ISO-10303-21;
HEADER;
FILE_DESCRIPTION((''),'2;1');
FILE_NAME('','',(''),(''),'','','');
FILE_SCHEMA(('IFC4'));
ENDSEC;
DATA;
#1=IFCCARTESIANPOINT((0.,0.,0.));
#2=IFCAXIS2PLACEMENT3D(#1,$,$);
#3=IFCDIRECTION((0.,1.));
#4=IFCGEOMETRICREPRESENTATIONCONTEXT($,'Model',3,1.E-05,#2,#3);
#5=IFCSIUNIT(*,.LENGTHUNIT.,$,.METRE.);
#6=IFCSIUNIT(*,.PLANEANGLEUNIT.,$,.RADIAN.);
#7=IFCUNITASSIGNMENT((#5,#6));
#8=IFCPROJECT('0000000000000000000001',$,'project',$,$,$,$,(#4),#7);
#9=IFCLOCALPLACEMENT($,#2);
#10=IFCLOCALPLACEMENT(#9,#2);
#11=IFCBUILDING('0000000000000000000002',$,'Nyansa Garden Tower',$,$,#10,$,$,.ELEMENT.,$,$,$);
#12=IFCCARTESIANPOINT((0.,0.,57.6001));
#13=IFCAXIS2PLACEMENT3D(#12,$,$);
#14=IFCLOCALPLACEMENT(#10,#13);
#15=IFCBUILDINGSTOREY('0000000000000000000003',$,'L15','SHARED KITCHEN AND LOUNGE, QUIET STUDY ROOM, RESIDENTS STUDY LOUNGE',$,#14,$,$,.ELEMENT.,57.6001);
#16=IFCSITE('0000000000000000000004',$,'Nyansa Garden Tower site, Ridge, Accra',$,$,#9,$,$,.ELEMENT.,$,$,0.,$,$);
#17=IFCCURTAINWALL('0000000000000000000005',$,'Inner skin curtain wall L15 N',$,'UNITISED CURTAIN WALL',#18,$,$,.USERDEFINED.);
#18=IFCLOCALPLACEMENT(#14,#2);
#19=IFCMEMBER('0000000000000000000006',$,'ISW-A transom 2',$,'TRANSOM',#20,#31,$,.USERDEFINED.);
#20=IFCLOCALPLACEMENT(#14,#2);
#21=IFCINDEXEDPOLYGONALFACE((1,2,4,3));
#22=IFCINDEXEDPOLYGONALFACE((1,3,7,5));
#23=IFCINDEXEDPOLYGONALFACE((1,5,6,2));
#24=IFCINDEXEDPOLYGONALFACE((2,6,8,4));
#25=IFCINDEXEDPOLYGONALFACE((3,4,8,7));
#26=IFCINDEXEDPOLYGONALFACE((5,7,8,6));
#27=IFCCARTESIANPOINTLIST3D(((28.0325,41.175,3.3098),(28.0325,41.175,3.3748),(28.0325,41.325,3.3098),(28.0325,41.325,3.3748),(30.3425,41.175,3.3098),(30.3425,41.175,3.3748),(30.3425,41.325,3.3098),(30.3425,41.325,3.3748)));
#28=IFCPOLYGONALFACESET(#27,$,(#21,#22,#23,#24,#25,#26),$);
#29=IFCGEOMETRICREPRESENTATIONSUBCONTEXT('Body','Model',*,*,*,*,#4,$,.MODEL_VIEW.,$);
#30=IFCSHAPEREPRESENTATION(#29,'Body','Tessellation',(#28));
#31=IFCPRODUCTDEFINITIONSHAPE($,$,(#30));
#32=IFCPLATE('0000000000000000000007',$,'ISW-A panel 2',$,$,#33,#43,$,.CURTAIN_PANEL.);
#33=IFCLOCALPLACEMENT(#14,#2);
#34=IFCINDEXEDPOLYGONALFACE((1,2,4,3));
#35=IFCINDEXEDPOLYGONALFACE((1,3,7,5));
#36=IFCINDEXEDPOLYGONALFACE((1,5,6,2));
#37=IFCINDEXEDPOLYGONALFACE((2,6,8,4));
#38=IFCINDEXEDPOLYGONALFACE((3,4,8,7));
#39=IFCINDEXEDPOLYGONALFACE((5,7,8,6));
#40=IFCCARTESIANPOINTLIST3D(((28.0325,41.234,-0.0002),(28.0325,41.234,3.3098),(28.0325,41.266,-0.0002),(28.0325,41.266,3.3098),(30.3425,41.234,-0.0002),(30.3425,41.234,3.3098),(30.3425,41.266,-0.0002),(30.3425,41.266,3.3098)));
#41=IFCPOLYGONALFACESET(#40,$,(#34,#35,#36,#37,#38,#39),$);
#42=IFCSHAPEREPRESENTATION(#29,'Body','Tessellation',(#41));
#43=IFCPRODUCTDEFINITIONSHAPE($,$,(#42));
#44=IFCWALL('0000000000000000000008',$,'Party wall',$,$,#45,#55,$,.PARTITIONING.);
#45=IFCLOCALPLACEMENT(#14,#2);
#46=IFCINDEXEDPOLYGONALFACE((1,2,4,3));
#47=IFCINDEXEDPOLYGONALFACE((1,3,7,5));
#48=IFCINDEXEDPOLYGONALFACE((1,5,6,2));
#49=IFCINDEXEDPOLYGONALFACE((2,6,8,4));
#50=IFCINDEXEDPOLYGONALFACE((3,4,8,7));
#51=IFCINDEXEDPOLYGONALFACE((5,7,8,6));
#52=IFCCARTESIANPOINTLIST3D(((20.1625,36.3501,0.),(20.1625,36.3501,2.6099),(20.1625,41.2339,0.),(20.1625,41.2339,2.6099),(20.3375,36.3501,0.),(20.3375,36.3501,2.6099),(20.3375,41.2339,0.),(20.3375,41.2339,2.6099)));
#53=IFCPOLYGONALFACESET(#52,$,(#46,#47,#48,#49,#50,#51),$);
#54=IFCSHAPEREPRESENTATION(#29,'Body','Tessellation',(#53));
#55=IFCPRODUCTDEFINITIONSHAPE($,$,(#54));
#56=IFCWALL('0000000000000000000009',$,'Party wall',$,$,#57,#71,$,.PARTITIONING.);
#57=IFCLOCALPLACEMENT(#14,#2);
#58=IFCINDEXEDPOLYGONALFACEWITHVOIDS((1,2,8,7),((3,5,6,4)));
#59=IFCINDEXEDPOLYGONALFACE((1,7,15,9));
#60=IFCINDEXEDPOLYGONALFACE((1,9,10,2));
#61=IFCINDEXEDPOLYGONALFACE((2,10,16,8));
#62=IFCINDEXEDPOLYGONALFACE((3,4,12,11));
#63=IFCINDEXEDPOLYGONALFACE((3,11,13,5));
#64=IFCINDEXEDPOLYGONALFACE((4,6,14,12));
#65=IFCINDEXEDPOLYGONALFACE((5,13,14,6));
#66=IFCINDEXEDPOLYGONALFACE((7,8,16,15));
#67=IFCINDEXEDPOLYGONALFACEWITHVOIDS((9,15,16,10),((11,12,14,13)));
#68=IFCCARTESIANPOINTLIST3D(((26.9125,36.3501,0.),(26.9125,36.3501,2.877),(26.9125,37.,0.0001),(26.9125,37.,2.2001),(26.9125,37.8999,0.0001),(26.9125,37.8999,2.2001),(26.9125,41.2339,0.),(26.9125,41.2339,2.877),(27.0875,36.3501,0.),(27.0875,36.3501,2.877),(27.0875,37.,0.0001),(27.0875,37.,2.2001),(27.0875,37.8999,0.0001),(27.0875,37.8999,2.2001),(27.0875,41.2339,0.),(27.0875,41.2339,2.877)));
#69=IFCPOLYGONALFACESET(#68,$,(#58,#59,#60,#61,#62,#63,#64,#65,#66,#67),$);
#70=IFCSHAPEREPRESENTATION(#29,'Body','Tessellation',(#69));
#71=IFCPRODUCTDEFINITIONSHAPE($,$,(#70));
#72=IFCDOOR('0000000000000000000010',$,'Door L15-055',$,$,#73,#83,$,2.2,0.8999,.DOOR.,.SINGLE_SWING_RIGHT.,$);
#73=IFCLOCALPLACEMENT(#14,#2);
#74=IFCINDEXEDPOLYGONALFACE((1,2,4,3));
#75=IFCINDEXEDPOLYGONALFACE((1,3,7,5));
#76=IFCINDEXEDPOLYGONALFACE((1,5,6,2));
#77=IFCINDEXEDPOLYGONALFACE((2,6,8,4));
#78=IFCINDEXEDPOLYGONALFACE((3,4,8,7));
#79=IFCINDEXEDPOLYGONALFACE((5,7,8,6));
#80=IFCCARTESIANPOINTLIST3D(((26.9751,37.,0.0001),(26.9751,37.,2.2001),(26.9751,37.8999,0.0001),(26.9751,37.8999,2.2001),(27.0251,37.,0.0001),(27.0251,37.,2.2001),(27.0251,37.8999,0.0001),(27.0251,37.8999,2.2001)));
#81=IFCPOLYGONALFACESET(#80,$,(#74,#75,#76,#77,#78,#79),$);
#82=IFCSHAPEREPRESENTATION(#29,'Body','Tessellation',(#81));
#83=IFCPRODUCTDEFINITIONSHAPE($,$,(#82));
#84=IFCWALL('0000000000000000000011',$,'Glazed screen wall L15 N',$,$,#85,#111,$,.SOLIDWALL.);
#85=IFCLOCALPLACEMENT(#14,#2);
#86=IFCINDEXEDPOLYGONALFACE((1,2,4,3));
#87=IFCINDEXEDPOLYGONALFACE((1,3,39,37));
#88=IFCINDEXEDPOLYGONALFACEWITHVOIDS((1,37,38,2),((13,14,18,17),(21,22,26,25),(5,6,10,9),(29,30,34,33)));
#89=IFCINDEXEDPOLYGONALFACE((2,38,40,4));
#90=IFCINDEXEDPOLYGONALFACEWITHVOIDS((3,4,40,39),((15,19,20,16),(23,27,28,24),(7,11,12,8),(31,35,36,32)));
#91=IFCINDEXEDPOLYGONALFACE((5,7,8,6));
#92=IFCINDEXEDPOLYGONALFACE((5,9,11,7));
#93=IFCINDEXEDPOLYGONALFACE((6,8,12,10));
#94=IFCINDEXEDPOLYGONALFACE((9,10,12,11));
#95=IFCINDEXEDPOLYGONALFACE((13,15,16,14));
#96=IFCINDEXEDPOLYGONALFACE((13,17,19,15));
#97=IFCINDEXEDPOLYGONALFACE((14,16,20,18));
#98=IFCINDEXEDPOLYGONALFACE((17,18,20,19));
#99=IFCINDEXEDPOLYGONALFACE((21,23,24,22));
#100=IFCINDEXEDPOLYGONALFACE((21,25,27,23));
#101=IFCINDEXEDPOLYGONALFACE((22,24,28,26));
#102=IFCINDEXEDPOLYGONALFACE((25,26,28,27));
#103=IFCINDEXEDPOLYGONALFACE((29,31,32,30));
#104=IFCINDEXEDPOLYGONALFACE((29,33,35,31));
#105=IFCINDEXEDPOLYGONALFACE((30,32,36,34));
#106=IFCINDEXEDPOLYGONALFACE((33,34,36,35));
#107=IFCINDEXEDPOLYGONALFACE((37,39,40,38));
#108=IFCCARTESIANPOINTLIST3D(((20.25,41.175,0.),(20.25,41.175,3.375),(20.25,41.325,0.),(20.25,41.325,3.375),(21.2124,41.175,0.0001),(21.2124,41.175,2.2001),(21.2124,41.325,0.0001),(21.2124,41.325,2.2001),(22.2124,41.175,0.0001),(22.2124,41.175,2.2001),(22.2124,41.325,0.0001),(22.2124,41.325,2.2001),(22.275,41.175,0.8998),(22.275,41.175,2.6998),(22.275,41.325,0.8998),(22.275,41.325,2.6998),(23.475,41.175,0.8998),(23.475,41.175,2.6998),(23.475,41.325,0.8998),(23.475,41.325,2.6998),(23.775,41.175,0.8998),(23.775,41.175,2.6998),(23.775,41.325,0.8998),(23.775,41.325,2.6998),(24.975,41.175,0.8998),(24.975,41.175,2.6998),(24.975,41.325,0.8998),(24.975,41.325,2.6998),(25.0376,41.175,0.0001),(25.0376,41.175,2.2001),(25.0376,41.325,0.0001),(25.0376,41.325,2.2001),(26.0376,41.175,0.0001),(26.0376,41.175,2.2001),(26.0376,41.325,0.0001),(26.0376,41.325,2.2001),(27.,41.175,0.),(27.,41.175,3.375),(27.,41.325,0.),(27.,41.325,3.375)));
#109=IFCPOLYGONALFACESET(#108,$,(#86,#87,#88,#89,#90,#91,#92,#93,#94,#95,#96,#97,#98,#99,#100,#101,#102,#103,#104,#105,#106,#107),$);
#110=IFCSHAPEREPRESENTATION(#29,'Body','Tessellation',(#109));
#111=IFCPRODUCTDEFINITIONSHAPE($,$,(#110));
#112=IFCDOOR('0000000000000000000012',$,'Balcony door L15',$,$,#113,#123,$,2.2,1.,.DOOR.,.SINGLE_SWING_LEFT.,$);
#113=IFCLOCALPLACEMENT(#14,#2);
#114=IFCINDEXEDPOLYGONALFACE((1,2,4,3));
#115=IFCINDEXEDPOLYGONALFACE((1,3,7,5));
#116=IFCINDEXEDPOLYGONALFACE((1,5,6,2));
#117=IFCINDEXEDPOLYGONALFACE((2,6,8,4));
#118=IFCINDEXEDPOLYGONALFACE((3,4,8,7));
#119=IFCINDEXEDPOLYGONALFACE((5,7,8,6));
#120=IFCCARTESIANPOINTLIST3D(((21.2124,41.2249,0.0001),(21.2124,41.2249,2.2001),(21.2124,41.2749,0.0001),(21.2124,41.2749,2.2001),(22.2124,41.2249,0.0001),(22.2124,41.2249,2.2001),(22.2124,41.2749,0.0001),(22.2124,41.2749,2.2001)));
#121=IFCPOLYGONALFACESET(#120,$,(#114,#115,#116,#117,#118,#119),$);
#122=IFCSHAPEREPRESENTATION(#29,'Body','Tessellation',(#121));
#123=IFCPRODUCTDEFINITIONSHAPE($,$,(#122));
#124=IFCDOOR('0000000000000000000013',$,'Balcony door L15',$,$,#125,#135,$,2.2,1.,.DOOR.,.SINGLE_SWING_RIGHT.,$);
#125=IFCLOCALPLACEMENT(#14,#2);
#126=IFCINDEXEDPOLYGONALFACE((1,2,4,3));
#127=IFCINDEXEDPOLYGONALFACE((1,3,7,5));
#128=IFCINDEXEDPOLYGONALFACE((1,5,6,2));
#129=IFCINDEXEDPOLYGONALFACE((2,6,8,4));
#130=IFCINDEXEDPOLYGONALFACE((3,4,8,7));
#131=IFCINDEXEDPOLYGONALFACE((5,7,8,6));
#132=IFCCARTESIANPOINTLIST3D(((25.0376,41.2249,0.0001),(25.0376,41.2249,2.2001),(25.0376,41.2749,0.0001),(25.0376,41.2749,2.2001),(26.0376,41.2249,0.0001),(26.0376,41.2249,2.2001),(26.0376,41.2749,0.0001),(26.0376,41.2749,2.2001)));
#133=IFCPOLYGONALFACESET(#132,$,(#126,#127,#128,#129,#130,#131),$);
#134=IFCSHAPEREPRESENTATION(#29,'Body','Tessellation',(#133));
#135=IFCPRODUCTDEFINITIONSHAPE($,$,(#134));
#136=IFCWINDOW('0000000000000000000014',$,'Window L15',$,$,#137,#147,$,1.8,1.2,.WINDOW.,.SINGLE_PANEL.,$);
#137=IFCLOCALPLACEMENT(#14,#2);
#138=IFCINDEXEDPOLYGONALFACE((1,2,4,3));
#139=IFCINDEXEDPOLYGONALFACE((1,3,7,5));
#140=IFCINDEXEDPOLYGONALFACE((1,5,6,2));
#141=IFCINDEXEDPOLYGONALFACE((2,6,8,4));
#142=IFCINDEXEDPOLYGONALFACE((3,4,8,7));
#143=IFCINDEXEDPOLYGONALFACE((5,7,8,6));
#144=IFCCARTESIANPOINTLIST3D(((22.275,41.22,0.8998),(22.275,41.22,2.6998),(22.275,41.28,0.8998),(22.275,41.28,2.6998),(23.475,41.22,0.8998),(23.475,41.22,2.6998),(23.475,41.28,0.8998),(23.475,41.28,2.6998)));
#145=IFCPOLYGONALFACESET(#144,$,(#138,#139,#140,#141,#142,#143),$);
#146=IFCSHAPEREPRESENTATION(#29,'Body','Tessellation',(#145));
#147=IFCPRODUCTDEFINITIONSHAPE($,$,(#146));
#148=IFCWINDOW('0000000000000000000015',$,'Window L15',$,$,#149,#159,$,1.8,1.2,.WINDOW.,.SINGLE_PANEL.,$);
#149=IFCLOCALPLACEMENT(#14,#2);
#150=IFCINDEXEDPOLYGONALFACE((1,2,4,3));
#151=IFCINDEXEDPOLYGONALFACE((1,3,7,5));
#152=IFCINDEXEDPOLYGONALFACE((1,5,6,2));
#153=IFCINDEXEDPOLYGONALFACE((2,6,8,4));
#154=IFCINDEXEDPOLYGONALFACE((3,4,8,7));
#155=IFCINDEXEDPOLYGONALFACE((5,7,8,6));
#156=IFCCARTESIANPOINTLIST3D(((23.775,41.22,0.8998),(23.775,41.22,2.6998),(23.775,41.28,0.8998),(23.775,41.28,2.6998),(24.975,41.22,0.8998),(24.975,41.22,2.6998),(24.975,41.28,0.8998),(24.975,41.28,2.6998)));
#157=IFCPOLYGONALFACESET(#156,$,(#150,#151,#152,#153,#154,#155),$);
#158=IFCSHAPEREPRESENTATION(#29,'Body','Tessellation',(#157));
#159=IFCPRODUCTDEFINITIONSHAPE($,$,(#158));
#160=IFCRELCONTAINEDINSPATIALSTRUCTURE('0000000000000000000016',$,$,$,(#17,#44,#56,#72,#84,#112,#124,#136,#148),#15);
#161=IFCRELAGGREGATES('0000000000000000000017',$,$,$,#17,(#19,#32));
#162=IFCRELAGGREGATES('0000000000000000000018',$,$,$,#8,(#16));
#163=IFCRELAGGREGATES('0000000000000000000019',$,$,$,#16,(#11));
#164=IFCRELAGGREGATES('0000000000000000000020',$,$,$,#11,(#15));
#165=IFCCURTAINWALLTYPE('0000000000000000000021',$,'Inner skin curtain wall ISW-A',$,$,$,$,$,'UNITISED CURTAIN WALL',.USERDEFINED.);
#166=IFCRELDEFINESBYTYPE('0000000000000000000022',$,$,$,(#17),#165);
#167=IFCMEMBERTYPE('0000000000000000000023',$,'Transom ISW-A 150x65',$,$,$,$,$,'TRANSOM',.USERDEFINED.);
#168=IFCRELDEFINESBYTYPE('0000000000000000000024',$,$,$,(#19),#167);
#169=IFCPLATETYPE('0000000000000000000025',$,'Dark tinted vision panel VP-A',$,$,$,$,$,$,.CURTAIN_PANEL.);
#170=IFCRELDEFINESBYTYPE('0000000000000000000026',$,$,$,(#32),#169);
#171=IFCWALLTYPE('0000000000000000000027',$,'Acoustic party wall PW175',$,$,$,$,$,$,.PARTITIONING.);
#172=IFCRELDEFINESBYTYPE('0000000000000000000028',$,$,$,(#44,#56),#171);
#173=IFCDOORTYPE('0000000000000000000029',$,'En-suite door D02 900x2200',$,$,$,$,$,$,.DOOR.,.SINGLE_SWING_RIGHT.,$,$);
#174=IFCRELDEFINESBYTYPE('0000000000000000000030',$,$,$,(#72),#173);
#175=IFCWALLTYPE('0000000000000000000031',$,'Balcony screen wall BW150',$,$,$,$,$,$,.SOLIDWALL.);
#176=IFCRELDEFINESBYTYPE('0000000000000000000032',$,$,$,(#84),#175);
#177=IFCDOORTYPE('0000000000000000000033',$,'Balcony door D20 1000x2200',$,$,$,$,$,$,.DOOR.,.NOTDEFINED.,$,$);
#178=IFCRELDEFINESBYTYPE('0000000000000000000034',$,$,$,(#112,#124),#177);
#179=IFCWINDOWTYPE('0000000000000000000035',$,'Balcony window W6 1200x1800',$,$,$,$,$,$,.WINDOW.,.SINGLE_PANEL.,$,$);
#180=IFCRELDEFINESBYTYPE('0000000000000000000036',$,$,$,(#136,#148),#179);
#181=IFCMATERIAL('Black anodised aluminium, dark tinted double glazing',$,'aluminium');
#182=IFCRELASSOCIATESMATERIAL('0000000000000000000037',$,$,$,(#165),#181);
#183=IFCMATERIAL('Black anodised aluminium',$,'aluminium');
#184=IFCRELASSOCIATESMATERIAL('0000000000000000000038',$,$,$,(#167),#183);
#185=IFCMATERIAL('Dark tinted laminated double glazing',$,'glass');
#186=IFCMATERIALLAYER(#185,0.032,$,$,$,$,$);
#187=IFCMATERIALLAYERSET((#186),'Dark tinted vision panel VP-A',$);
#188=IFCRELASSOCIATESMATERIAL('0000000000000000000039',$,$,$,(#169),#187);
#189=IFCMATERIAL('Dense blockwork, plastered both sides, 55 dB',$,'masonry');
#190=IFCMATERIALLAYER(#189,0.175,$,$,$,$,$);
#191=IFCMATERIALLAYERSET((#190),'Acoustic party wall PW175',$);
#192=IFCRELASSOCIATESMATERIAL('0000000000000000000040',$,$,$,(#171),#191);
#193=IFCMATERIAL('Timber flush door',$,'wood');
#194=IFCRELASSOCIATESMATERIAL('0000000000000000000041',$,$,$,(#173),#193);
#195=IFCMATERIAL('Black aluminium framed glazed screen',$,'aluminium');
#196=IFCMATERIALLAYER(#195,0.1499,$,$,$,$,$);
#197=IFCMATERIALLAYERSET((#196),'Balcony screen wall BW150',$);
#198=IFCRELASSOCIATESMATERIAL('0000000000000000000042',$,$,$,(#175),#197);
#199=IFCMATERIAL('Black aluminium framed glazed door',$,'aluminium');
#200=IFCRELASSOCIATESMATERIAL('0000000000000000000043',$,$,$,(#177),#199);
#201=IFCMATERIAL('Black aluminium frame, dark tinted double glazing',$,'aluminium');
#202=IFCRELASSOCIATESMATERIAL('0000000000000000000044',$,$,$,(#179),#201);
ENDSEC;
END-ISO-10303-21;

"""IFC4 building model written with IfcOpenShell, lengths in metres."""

from ifc_helpers import new_model, si_unit, direction, frame, frame_2d, origin, origin_2d, place, context, subcontext, project, spatial, rectangle, extrude, material, layer, layer_set, material_profile, profile_set, type_object, element, fill, aggregate, save


model = new_model("IFC4")

# Units and contexts
model_context = context("Model", 3, precision=1e-05, world=origin(), true_north=direction((0.0, 1.0)))
body_context = subcontext(model_context, "Body", "Model", "MODEL_VIEW")
ifc_project = project(units=[si_unit("LENGTHUNIT", "METRE"), si_unit("PLANEANGLEUNIT", "RADIAN")], contexts=[model_context])

# Site, building, storey
site_placement = place(None, origin())
site = spatial("IfcSite", under=ifc_project, at=site_placement, Name="Nyansa Garden Tower site, Ridge, Accra", CompositionType="ELEMENT", RefElevation=0.0)
building_placement = place(site_placement, origin())
building = spatial("IfcBuilding", under=site, at=building_placement, Name="Nyansa Garden Tower", CompositionType="ELEMENT")
storey_placement = place(building_placement, frame((0.0, 0.0, 57.6001)))
storey = spatial("IfcBuildingStorey", under=building, at=storey_placement, Name="L15", Description="SHARED KITCHEN AND LOUNGE, QUIET STUDY ROOM, RESIDENTS STUDY LOUNGE", CompositionType="ELEMENT", Elevation=57.6001)

# Curtain wall
ifc_material_1 = material(Name="Black anodised aluminium, dark tinted double glazing", Category="aluminium")
curtain_wall_type = type_object("IfcCurtainWallType", Name="Inner skin curtain wall ISW-A", ElementType="UNITISED CURTAIN WALL", PredefinedType="USERDEFINED", material=ifc_material_1)
curtain_wall_placement = place(storey_placement, origin())
curtain_wall = element("IfcCurtainWall", 1, at=curtain_wall_placement, inside=storey, type_object=curtain_wall_type, Name="Inner skin curtain wall L15 N", ObjectType="UNITISED CURTAIN WALL", PredefinedType="USERDEFINED")

# Member
ifc_material_2 = material(Name="Black anodised aluminium", Category="aluminium")
ifc_material_profile_1 = material_profile(ifc_material_2, rectangle(XDim=0.1499, YDim=0.0649, at=origin_2d()), Name="Transom 150x65")
ifc_profile_set_1 = profile_set([ifc_material_profile_1], Name="Black anodised aluminium")
member_type_1 = type_object("IfcMemberType", Name="Transom ISW-A 150x65", ElementType="TRANSOM", PredefinedType="USERDEFINED", material=ifc_profile_set_1)
member_1_placement = place(storey_placement, frame((30.3425, 41.25, 3.3423), z_axis=(-1.0, 0.0, 0.0), x_axis=(0.0, -1.0, 0.0)))
member_1 = element("IfcMember", 2, at=member_1_placement, type_object=member_type_1, Name="ISW-A transom 2", ObjectType="TRANSOM", PredefinedType="USERDEFINED", context=body_context, shape_type="SweptSolid", body=[
    extrude(rectangle(XDim=0.1499, YDim=0.0649, at=origin_2d()), origin(), (0.0, 0.0, 1.0), 2.3101),
])

# Plate
ifc_material_3 = material(Name="Dark tinted laminated double glazing", Category="glass")
ifc_layer_1 = layer(ifc_material_3, 0.032)
ifc_layer_set_1 = layer_set([ifc_layer_1], Name="Dark tinted vision panel VP-A")
plate_type = type_object("IfcPlateType", Name="Dark tinted vision panel VP-A", PredefinedType="CURTAIN_PANEL", material=ifc_layer_set_1)
plate_placement = place(storey_placement, frame((29.1875, 41.25, -0.0002), z_axis=(0.0, 0.0, 1.0), x_axis=(-1.0, 0.0, 0.0)))
plate = element("IfcPlate", 3, at=plate_placement, type_object=plate_type, Name="ISW-A panel 2", PredefinedType="CURTAIN_PANEL", context=body_context, shape_type="SweptSolid", body=[
    extrude(rectangle(XDim=2.3101, YDim=0.032, at=origin_2d()), origin(), (0.0, 0.0, 1.0), 3.3101),
])
aggregate(curtain_wall, [member_1, plate])

# Wall
ifc_material_4 = material(Name="Dense blockwork, plastered both sides, 55 dB", Category="masonry")
ifc_layer_2 = layer(ifc_material_4, 0.175)
ifc_layer_set_2 = layer_set([ifc_layer_2], Name="Acoustic party wall PW175")
wall_type_1 = type_object("IfcWallType", Name="Acoustic party wall PW175", PredefinedType="PARTITIONING", material=ifc_layer_set_2)
wall_1_placement = place(storey_placement, frame((20.25, 36.3501, 0.0), z_axis=(0.0, 0.0, 1.0), x_axis=(0.0, 1.0, 0.0)))
element("IfcWall", 4, at=wall_1_placement, inside=storey, type_object=wall_type_1, Name="Party wall", PredefinedType="PARTITIONING", context=body_context, shape_type="SweptSolid", body=[
    extrude(rectangle(XDim=4.8838, YDim=0.175, at=frame_2d((2.4419, 0.0))), origin(), (0.0, 0.0, 1.0), 2.6099),
])

# Wall, opening, door
wall_2_placement = place(storey_placement, frame((27.0, 36.3501, 0.0), z_axis=(0.0, 0.0, 1.0), x_axis=(0.0, 1.0, 0.0)))
wall_2 = element("IfcWall", 5, at=wall_2_placement, inside=storey, type_object=wall_type_1, Name="Party wall", PredefinedType="PARTITIONING", context=body_context, shape_type="SweptSolid", body=[
    extrude(rectangle(XDim=4.8838, YDim=0.175, at=frame_2d((2.4419, 0.0))), origin(), (0.0, 0.0, 1.0), 2.877),
])
opening_1_placement = place(wall_2_placement, frame((0.6499, 0.0, 0.0)))
opening_1 = element("IfcOpeningElement", 6, at=opening_1_placement, cuts=wall_2, PredefinedType="OPENING", context=body_context, shape_type="SweptSolid", body=[
    extrude(rectangle(XDim=0.8999, YDim=2.2, at=frame_2d((0.45, 1.1001))), frame((0.0, 0.0974, 0.0), z_axis=(0.0, -1.0, 0.0), x_axis=(1.0, 0.0, 0.0)), (0.0, 0.0, 1.0), 0.1951),
])
ifc_material_5 = material(Name="Timber flush door", Category="wood")
door_type_1 = type_object("IfcDoorType", Name="En-suite door D02 900x2200", OperationType="SINGLE_SWING_RIGHT", PredefinedType="DOOR", material=ifc_material_5)
door_1_placement = place(opening_1_placement, origin())
door_1 = element("IfcDoor", 7, at=door_1_placement, inside=storey, type_object=door_type_1, Name="Door L15-055", OperationType="SINGLE_SWING_RIGHT", OverallHeight=2.2, OverallWidth=0.8999, PredefinedType="DOOR", context=body_context, shape_type="SweptSolid", body=[
    extrude(rectangle(XDim=0.8999, YDim=2.2, at=frame_2d((0.45, 1.1001))), frame((0.0, 0.0249, 0.0), z_axis=(0.0, -1.0, 0.0), x_axis=(1.0, 0.0, 0.0)), (0.0, 0.0, 1.0), 0.05),
])
fill(opening_1, door_1)

# Wall, openings, doors, windows
ifc_material_6 = material(Name="Black aluminium framed glazed screen", Category="aluminium")
ifc_layer_3 = layer(ifc_material_6, 0.1499)
ifc_layer_set_3 = layer_set([ifc_layer_3], Name="Balcony screen wall BW150")
wall_type_2 = type_object("IfcWallType", Name="Balcony screen wall BW150", PredefinedType="SOLIDWALL", material=ifc_layer_set_3)
wall_3_placement = place(storey_placement, frame((20.25, 41.25, 0.0), z_axis=(0.0, 0.0, 1.0), x_axis=(1.0, 0.0, 0.0)))
wall_3 = element("IfcWall", 8, at=wall_3_placement, inside=storey, type_object=wall_type_2, Name="Glazed screen wall L15 N", PredefinedType="SOLIDWALL", context=body_context, shape_type="SweptSolid", body=[
    extrude(rectangle(XDim=6.75, YDim=0.1499, at=frame_2d((3.375, 0.0))), origin(), (0.0, 0.0, 1.0), 3.375),
])
opening_2_placement = place(wall_3_placement, frame((0.9624, 0.0, 0.0)))
opening_2 = element("IfcOpeningElement", 9, at=opening_2_placement, cuts=wall_3, PredefinedType="OPENING", context=body_context, shape_type="SweptSolid", body=[
    extrude(rectangle(XDim=1.0, YDim=2.2, at=frame_2d((0.5, 1.1001))), frame((0.0, 0.085, 0.0), z_axis=(0.0, -1.0, 0.0), x_axis=(1.0, 0.0, 0.0)), (0.0, 0.0, 1.0), 0.1699),
])
opening_3_placement = place(wall_3_placement, frame((2.0249, 0.0, 0.8999)))
opening_3 = element("IfcOpeningElement", 10, at=opening_3_placement, cuts=wall_3, PredefinedType="OPENING", context=body_context, shape_type="SweptSolid", body=[
    extrude(rectangle(XDim=1.2, YDim=1.8, at=frame_2d((0.6001, 0.8999))), frame((0.0, 0.085, 0.0), z_axis=(0.0, -1.0, 0.0), x_axis=(1.0, 0.0, 0.0)), (0.0, 0.0, 1.0), 0.1699),
])
opening_4_placement = place(wall_3_placement, frame((4.7876, 0.0, 0.0)))
opening_4 = element("IfcOpeningElement", 11, at=opening_4_placement, cuts=wall_3, PredefinedType="OPENING", context=body_context, shape_type="SweptSolid", body=[
    extrude(rectangle(XDim=1.0, YDim=2.2, at=frame_2d((0.5, 1.1001))), frame((0.0, 0.085, 0.0), z_axis=(0.0, -1.0, 0.0), x_axis=(1.0, 0.0, 0.0)), (0.0, 0.0, 1.0), 0.1699),
])
opening_5_placement = place(wall_3_placement, frame((3.5249, 0.0, 0.8999)))
opening_5 = element("IfcOpeningElement", 12, at=opening_5_placement, cuts=wall_3, PredefinedType="OPENING", context=body_context, shape_type="SweptSolid", body=[
    extrude(rectangle(XDim=1.2, YDim=1.8, at=frame_2d((0.6001, 0.8999))), frame((0.0, 0.085, 0.0), z_axis=(0.0, -1.0, 0.0), x_axis=(1.0, 0.0, 0.0)), (0.0, 0.0, 1.0), 0.1699),
])
ifc_material_7 = material(Name="Black aluminium framed glazed door", Category="aluminium")
door_type_2 = type_object("IfcDoorType", Name="Balcony door D20 1000x2200", OperationType="NOTDEFINED", PredefinedType="DOOR", material=ifc_material_7)
door_2_placement = place(opening_2_placement, origin())
door_2 = element("IfcDoor", 13, at=door_2_placement, inside=storey, type_object=door_type_2, Name="Balcony door L15", OperationType="SINGLE_SWING_LEFT", OverallHeight=2.2, OverallWidth=1.0, PredefinedType="DOOR", context=body_context, shape_type="SweptSolid", body=[
    extrude(rectangle(XDim=1.0, YDim=2.2, at=frame_2d((0.5, 1.1001))), frame((0.0, 0.0249, 0.0), z_axis=(0.0, -1.0, 0.0), x_axis=(1.0, 0.0, 0.0)), (0.0, 0.0, 1.0), 0.05),
])
fill(opening_2, door_2)
door_3_placement = place(opening_4_placement, origin())
door_3 = element("IfcDoor", 14, at=door_3_placement, inside=storey, type_object=door_type_2, Name="Balcony door L15", OperationType="SINGLE_SWING_RIGHT", OverallHeight=2.2, OverallWidth=1.0, PredefinedType="DOOR", context=body_context, shape_type="SweptSolid", body=[
    extrude(rectangle(XDim=1.0, YDim=2.2, at=frame_2d((0.5, 1.1001))), frame((0.0, 0.0249, 0.0), z_axis=(0.0, -1.0, 0.0), x_axis=(1.0, 0.0, 0.0)), (0.0, 0.0, 1.0), 0.05),
])
fill(opening_4, door_3)
ifc_material_8 = material(Name="Black aluminium frame, dark tinted double glazing", Category="aluminium")
window_type = type_object("IfcWindowType", Name="Balcony window W6 1200x1800", PartitioningType="SINGLE_PANEL", PredefinedType="WINDOW", material=ifc_material_8)
window_1_placement = place(opening_3_placement, origin())
window_1 = element("IfcWindow", 15, at=window_1_placement, inside=storey, type_object=window_type, Name="Window L15", OverallHeight=1.8, OverallWidth=1.2, PartitioningType="SINGLE_PANEL", PredefinedType="WINDOW", context=body_context, shape_type="SweptSolid", body=[
    extrude(rectangle(XDim=1.2, YDim=1.8, at=frame_2d((0.6001, 0.8999))), frame((0.0, 0.03, 0.0), z_axis=(0.0, -1.0, 0.0), x_axis=(1.0, 0.0, 0.0)), (0.0, 0.0, 1.0), 0.0601),
])
fill(opening_3, window_1)
window_2_placement = place(opening_5_placement, origin())
window_2 = element("IfcWindow", 16, at=window_2_placement, inside=storey, type_object=window_type, Name="Window L15", OverallHeight=1.8, OverallWidth=1.2, PartitioningType="SINGLE_PANEL", PredefinedType="WINDOW", context=body_context, shape_type="SweptSolid", body=[
    extrude(rectangle(XDim=1.2, YDim=1.8, at=frame_2d((0.6001, 0.8999))), frame((0.0, 0.03, 0.0), z_axis=(0.0, -1.0, 0.0), x_axis=(1.0, 0.0, 0.0)), (0.0, 0.0, 1.0), 0.0601),
])
fill(opening_5, window_2)

save(model, "model.ifc")
